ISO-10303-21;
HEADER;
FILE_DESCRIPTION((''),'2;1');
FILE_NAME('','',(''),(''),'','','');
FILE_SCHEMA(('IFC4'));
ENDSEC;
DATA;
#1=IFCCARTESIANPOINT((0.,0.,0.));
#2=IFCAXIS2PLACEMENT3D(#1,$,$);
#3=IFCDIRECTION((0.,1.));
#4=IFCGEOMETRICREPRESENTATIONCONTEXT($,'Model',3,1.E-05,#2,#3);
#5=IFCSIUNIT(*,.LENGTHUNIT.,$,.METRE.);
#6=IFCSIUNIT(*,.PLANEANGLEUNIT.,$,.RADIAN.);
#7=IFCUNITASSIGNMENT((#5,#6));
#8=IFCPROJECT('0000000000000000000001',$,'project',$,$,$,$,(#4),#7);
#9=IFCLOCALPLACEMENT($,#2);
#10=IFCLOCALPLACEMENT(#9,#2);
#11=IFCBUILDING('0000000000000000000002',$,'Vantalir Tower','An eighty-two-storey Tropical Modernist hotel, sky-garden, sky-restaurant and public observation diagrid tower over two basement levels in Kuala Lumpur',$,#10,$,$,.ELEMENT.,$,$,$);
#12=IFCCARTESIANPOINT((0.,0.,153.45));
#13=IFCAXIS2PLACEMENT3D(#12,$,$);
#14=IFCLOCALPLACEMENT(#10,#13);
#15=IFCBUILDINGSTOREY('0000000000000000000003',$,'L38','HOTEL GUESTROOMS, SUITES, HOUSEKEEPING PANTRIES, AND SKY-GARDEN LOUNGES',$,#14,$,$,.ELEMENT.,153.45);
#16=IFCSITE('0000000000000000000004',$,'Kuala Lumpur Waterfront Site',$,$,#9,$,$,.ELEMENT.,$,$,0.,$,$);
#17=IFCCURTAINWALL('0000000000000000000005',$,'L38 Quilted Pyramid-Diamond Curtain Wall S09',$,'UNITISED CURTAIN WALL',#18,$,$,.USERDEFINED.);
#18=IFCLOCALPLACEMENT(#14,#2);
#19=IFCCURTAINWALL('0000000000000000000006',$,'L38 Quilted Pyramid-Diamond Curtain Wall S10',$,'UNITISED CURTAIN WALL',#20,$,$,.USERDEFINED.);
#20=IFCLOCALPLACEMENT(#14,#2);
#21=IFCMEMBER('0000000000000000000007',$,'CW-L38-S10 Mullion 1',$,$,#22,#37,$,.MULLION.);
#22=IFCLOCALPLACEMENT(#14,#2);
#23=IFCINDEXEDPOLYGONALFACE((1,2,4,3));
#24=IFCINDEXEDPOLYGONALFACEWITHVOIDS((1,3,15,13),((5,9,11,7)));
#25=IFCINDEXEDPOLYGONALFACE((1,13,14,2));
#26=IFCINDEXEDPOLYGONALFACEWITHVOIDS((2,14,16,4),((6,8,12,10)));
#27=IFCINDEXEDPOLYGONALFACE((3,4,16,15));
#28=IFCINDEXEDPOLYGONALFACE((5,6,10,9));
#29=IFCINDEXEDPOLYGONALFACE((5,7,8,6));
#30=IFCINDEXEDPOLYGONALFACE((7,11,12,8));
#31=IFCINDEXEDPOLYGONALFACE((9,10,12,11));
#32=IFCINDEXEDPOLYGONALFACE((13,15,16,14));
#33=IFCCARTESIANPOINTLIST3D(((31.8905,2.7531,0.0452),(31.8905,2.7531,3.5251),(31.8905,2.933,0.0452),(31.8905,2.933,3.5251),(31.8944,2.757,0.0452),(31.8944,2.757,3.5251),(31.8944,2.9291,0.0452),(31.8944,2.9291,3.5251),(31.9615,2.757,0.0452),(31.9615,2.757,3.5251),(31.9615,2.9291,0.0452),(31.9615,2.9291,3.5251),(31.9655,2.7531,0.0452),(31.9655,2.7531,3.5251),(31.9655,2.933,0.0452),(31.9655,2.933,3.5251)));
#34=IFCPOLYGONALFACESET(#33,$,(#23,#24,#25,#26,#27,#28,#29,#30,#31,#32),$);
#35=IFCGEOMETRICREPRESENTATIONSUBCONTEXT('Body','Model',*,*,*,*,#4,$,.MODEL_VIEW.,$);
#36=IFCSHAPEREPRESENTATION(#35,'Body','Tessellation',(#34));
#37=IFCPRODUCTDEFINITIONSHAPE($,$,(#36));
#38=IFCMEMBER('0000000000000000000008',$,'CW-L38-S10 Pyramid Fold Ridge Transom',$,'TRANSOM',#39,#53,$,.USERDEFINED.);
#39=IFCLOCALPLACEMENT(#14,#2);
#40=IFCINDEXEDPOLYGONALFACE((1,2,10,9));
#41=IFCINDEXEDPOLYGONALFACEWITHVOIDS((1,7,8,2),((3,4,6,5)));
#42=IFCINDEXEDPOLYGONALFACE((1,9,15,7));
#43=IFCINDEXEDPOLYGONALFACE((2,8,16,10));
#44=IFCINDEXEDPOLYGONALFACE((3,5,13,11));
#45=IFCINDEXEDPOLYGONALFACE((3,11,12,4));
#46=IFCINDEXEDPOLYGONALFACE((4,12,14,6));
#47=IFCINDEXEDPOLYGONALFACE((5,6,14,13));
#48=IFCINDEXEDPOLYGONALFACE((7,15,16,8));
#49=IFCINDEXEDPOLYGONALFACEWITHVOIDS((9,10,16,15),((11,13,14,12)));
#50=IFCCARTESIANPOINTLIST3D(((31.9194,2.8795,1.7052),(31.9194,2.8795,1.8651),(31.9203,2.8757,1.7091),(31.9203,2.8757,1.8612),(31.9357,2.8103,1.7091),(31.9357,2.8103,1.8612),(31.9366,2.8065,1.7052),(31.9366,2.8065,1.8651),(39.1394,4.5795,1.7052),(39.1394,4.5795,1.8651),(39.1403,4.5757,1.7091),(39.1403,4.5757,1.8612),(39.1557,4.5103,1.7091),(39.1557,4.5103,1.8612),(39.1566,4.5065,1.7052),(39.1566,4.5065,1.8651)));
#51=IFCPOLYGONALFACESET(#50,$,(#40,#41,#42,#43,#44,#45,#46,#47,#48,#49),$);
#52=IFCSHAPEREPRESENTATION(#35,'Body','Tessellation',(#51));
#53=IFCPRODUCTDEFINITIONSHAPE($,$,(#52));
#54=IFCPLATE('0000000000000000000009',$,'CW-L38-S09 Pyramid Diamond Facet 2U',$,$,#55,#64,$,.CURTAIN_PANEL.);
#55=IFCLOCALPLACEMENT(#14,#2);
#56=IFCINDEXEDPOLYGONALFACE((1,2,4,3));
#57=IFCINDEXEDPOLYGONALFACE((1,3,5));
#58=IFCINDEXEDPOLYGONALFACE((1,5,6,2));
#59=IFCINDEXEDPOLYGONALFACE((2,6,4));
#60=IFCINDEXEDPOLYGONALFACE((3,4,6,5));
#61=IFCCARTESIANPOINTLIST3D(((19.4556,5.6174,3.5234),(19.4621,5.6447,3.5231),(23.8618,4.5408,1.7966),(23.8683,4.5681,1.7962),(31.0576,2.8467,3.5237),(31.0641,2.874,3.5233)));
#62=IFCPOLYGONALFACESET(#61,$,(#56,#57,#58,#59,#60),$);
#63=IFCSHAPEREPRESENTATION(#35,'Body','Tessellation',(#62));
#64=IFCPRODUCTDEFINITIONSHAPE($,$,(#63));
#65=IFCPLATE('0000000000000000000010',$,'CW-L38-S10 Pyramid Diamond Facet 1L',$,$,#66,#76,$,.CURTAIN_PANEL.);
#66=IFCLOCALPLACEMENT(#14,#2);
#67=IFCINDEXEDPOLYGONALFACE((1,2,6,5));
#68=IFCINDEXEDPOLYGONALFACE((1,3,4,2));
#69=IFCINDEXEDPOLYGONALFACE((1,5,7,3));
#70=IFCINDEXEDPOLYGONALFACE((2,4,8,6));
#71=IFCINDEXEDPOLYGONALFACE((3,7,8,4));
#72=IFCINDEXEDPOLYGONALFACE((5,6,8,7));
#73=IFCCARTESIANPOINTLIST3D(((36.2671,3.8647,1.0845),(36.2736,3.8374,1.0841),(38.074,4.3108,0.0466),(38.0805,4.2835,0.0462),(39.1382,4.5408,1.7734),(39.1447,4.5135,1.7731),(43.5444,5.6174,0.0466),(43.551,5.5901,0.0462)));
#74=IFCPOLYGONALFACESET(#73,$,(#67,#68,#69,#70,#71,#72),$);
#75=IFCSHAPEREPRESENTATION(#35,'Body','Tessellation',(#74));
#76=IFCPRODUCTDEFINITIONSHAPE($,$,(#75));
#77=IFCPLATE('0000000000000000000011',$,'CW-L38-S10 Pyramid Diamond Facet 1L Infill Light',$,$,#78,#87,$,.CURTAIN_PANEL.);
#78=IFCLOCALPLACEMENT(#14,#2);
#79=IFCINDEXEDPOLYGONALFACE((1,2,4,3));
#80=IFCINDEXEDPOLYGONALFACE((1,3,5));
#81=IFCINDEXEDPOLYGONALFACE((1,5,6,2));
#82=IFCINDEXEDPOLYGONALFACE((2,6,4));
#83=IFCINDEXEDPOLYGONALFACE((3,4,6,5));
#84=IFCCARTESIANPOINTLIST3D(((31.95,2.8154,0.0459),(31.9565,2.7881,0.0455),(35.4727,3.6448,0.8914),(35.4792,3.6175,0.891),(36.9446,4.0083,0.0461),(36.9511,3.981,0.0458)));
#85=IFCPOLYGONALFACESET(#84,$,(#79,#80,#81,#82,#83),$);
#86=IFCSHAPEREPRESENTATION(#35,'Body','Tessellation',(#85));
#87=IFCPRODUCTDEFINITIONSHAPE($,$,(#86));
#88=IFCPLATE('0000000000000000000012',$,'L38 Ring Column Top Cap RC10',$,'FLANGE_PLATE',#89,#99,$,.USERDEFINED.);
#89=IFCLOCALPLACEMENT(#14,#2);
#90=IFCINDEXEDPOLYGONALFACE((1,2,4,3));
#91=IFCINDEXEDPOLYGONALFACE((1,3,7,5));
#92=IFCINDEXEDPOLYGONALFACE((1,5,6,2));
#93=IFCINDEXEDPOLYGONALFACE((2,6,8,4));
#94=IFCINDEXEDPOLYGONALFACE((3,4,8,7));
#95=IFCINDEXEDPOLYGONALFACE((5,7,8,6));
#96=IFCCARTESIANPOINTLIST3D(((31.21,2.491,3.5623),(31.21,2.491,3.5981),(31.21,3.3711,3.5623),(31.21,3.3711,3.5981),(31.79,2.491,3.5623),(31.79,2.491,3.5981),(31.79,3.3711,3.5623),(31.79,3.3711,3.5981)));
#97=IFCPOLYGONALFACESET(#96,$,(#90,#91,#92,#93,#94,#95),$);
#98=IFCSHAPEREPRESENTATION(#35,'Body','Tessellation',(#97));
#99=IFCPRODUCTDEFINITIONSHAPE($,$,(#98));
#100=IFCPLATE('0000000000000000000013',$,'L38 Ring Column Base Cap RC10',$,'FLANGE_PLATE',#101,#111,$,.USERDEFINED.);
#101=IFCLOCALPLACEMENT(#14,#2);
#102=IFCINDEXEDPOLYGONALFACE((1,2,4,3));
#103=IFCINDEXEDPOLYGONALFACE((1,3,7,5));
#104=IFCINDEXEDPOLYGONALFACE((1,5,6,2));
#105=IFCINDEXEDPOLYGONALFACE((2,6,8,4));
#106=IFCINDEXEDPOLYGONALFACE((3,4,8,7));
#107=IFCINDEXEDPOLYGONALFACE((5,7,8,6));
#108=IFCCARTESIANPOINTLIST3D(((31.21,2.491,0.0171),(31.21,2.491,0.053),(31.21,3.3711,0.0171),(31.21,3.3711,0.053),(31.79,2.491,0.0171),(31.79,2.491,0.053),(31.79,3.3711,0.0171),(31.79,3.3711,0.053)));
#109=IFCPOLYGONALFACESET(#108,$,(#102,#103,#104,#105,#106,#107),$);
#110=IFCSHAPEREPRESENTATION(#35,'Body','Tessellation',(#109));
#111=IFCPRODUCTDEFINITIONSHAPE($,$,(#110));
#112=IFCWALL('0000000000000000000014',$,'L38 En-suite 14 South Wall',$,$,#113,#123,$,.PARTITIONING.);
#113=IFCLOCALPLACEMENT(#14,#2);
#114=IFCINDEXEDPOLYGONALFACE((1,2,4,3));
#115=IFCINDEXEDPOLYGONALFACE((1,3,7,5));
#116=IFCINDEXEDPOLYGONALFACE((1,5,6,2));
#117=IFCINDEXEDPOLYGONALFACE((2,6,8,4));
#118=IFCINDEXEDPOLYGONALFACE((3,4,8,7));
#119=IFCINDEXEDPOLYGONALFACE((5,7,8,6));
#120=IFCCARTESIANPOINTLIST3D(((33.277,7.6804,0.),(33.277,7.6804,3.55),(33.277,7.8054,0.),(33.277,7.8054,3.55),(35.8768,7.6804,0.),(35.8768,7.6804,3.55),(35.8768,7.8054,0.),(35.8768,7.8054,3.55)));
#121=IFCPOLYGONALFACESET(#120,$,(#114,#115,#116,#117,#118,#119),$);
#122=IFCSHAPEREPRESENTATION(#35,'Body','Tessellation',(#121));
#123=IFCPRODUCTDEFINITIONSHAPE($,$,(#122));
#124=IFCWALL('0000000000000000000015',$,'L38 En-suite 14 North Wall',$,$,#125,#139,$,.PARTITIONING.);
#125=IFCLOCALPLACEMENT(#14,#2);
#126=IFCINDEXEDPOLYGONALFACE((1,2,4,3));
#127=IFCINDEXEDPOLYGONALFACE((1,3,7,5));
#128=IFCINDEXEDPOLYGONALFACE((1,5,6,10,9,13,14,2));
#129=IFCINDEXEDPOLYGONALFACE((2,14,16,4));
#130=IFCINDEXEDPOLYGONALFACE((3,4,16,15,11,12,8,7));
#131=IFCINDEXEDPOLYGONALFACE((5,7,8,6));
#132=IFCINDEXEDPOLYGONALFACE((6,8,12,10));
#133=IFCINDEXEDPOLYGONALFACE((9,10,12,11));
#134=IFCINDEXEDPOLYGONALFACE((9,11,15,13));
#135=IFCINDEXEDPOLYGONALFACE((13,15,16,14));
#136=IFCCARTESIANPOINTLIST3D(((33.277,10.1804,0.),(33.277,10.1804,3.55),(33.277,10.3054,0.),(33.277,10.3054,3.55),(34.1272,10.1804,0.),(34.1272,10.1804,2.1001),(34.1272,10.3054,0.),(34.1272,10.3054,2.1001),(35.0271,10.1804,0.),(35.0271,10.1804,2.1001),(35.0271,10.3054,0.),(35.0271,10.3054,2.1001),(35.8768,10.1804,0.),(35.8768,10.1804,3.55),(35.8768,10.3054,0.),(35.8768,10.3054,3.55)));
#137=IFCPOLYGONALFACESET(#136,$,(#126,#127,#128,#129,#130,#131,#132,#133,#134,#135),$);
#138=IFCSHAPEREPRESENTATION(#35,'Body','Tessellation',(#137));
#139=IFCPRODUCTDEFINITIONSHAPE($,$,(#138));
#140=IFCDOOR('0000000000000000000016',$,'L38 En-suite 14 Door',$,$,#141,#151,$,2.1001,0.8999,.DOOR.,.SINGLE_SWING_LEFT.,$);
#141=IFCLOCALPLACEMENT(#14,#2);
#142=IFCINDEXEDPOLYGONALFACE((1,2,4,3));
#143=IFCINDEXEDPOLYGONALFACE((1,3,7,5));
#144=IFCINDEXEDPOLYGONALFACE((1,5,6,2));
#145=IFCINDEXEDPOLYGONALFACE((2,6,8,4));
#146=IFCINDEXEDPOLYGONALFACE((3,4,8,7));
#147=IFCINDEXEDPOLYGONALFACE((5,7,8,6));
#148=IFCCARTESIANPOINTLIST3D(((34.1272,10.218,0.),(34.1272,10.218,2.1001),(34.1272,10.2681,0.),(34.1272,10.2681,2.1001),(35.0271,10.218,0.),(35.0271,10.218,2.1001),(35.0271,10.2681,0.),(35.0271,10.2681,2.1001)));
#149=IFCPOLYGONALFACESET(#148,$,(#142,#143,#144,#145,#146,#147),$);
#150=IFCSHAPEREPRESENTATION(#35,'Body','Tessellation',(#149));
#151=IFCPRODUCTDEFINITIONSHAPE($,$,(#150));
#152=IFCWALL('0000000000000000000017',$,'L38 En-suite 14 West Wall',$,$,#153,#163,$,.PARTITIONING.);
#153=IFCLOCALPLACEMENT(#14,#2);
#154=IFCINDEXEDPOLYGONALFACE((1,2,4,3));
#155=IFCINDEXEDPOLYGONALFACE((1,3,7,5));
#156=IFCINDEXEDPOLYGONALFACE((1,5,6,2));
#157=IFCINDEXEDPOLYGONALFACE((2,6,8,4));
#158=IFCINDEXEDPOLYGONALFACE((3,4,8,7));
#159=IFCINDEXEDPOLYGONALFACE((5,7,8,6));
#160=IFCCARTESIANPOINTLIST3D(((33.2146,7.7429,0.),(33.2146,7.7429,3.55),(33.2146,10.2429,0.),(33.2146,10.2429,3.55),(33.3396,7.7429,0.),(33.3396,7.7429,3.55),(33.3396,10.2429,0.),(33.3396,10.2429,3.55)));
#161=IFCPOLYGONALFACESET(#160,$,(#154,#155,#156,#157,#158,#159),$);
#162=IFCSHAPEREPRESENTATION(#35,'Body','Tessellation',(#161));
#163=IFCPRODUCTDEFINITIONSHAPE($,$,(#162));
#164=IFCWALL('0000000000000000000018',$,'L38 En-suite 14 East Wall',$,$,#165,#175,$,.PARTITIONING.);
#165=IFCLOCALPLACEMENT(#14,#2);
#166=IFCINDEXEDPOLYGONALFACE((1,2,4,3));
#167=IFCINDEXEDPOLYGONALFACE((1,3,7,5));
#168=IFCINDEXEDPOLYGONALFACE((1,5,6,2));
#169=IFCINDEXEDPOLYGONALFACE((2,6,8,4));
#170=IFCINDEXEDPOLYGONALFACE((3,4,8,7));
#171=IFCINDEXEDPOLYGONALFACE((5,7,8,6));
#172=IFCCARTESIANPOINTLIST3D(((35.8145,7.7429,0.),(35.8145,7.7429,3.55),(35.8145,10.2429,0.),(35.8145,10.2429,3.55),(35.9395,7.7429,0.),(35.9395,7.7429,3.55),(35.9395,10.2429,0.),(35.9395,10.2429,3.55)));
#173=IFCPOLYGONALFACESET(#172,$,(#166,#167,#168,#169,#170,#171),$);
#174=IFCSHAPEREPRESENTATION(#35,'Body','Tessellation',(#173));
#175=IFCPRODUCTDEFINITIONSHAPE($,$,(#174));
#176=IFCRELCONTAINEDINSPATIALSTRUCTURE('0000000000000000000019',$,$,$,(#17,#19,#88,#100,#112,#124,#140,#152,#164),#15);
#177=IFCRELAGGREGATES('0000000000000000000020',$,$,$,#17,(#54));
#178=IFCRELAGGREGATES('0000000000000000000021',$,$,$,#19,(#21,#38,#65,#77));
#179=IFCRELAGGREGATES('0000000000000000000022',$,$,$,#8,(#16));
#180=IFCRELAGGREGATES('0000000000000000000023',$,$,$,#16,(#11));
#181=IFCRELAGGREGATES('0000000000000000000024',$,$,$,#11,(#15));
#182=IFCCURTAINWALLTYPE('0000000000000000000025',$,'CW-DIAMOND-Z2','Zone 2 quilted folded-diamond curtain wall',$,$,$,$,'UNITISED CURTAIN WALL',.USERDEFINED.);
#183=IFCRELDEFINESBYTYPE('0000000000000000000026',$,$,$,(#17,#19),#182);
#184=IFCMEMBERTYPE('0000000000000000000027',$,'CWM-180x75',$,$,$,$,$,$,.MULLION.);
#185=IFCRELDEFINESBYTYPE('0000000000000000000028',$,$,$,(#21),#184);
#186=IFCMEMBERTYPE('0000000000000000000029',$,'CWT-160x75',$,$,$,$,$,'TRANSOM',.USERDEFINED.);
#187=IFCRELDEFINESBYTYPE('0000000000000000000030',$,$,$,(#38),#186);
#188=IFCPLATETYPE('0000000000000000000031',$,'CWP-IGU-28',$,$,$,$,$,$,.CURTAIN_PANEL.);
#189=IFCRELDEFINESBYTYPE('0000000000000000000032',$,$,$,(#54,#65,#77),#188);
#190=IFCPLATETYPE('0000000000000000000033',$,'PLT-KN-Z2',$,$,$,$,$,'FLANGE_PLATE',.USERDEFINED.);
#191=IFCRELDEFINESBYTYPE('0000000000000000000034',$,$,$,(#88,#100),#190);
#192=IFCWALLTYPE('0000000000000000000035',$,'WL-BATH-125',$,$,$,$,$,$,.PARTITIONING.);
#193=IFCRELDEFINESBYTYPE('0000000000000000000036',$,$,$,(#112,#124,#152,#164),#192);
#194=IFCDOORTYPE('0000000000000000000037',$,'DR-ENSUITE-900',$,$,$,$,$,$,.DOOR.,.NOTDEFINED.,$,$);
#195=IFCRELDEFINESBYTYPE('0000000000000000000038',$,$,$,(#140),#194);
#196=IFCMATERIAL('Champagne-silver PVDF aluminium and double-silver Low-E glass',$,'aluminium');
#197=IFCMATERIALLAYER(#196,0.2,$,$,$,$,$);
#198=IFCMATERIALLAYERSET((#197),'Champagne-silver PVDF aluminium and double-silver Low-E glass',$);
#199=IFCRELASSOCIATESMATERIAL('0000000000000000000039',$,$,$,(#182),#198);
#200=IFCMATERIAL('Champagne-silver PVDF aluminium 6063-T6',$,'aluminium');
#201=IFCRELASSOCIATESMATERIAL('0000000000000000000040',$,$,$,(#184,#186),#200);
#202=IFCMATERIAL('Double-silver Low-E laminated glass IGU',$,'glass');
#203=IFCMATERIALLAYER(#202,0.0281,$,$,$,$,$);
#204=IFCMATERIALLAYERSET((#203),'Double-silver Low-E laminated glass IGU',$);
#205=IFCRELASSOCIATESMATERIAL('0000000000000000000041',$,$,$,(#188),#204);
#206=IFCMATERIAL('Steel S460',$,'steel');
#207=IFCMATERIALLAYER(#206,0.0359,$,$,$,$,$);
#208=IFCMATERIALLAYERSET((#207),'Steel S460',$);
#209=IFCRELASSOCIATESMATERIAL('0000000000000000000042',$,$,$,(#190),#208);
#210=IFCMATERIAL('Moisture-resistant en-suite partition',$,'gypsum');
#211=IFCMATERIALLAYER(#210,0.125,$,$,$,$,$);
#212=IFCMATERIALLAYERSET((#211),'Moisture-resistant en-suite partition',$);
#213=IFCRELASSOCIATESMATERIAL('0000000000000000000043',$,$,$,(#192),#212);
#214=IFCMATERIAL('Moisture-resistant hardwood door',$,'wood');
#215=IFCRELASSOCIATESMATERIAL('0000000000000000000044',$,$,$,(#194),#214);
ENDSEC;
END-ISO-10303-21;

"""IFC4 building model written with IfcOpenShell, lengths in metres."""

from ifc_helpers import new_model, si_unit, direction, frame, frame_2d, origin, origin_2d, place, context, subcontext, project, spatial, polyline, rectangle, hollow_rectangle, outline, extrude, material, layer, layer_set, material_profile, profile_set, type_object, element, fill, aggregate, save


model = new_model("IFC4")

# Units and contexts
model_context = context("Model", 3, precision=1e-05, world=origin(), true_north=direction((0.0, 1.0)))
body_context = subcontext(model_context, "Body", "Model", "MODEL_VIEW")
ifc_project = project(units=[si_unit("LENGTHUNIT", "METRE"), si_unit("PLANEANGLEUNIT", "RADIAN")], contexts=[model_context])

# Site, building, storey
site_placement = place(None, origin())
site = spatial("IfcSite", under=ifc_project, at=site_placement, Name="Kuala Lumpur Waterfront Site", CompositionType="ELEMENT", RefElevation=0.0)
building_placement = place(site_placement, origin())
building = spatial("IfcBuilding", under=site, at=building_placement, Name="Vantalir Tower", Description="An eighty-two-storey Tropical Modernist hotel, sky-garden, sky-restaurant and public observation diagrid tower over two basement levels in Kuala Lumpur", CompositionType="ELEMENT")
storey_placement = place(building_placement, frame((0.0, 0.0, 153.45)))
storey = spatial("IfcBuildingStorey", under=building, at=storey_placement, Name="L38", Description="HOTEL GUESTROOMS, SUITES, HOUSEKEEPING PANTRIES, AND SKY-GARDEN LOUNGES", CompositionType="ELEMENT", Elevation=153.45)

# Shared definitions
ifc_material_1 = material(Name="Steel S460", Category="steel")

# Curtain wall
ifc_material_2 = material(Name="Champagne-silver PVDF aluminium and double-silver Low-E glass", Category="aluminium")
ifc_layer_1 = layer(ifc_material_2, 0.2)
ifc_layer_set_1 = layer_set([ifc_layer_1], Name="Champagne-silver PVDF aluminium and double-silver Low-E glass")
curtain_wall_type = type_object("IfcCurtainWallType", Name="CW-DIAMOND-Z2", Description="Zone 2 quilted folded-diamond curtain wall", ElementType="UNITISED CURTAIN WALL", PredefinedType="USERDEFINED", material=ifc_layer_set_1)
curtain_wall_1_placement = place(storey_placement, origin())
curtain_wall_1 = element("IfcCurtainWall", 1, at=curtain_wall_1_placement, inside=storey, type_object=curtain_wall_type, Name="L38 Quilted Pyramid-Diamond Curtain Wall S09", ObjectType="UNITISED CURTAIN WALL", PredefinedType="USERDEFINED")
ifc_material_3 = material(Name="Champagne-silver PVDF aluminium 6063-T6", Category="aluminium")
ifc_material_profile_1 = material_profile(ifc_material_3, hollow_rectangle(XDim=0.075, YDim=0.1799, WallThickness=0.0039, at=origin_2d()), Name="Champagne-silver PVDF aluminium 6063-T6")
ifc_profile_set_1 = profile_set([ifc_material_profile_1], Name="Champagne-silver PVDF aluminium 6063-T6")
member_type_1 = type_object("IfcMemberType", Name="CWM-180x75", PredefinedType="MULLION", material=ifc_profile_set_1)

# Curtain wall, members
curtain_wall_2_placement = place(storey_placement, origin())
curtain_wall_2 = element("IfcCurtainWall", 2, at=curtain_wall_2_placement, inside=storey, type_object=curtain_wall_type, Name="L38 Quilted Pyramid-Diamond Curtain Wall S10", ObjectType="UNITISED CURTAIN WALL", PredefinedType="USERDEFINED")
member_1_placement = place(storey_placement, frame((31.928, 2.843, 0.0452), z_axis=(0.0, 0.0, 1.0), x_axis=(1.0, 0.0, 0.0)))
member_1 = element("IfcMember", 3, at=member_1_placement, type_object=member_type_1, Name="CW-L38-S10 Mullion 1", PredefinedType="MULLION", context=body_context, shape_type="SweptSolid", body=[
    extrude(hollow_rectangle(XDim=0.075, YDim=0.1799, WallThickness=0.0039, at=origin_2d()), origin(), (0.0, 0.0, 1.0), 3.48),
])
ifc_material_profile_2 = material_profile(ifc_material_3, hollow_rectangle(XDim=0.075, YDim=0.1599, WallThickness=0.0039, at=origin_2d()), Name="Champagne-silver PVDF aluminium 6063-T6")
ifc_profile_set_2 = profile_set([ifc_material_profile_2], Name="Champagne-silver PVDF aluminium 6063-T6")
member_type_2 = type_object("IfcMemberType", Name="CWT-160x75", ElementType="TRANSOM", PredefinedType="USERDEFINED", material=ifc_profile_set_2)
member_2_placement = place(storey_placement, frame((31.928, 2.843, 1.7852), z_axis=(0.973383, 0.229184, 0.0), x_axis=(-0.229184, 0.973383, 0.0)))
member_2 = element("IfcMember", 4, at=member_2_placement, type_object=member_type_2, Name="CW-L38-S10 Pyramid Fold Ridge Transom", ObjectType="TRANSOM", PredefinedType="USERDEFINED", context=body_context, shape_type="SweptSolid", body=[
    extrude(hollow_rectangle(XDim=0.075, YDim=0.1599, WallThickness=0.0039, at=origin_2d()), origin(), (0.0, 0.0, 1.0), 7.4175),
])

# Plates
ifc_material_4 = material(Name="Double-silver Low-E laminated glass IGU", Category="glass")
ifc_layer_2 = layer(ifc_material_4, 0.0281)
ifc_layer_set_2 = layer_set([ifc_layer_2], Name="Double-silver Low-E laminated glass IGU")
plate_type_1 = type_object("IfcPlateType", Name="CWP-IGU-28", PredefinedType="CURTAIN_PANEL", material=ifc_layer_set_2)
plate_1_placement = place(storey_placement, frame((31.0576, 2.8467, 3.5237), z_axis=(-0.232262, -0.972556, 0.013729), x_axis=(-0.972648, 0.232284, -0.00002)))
plate_1 = element("IfcPlate", 5, at=plate_1_placement, type_object=plate_type_1, Name="CW-L38-S09 Pyramid Diamond Facet 2U", PredefinedType="CURTAIN_PANEL", context=body_context, shape_type="SweptSolid", body=[
    extrude(outline(polyline([(0.0, 0.0), (11.9283, 0.0), (7.3925, 1.7271), (0.0, 0.0)])), origin(), (0.0, 0.0, -1.0), 0.0281),
])
aggregate(curtain_wall_1, [plate_1])
plate_2_placement = place(storey_placement, frame((38.074, 4.3108, 0.0466), z_axis=(-0.232287, 0.972552, 0.013629), x_axis=(0.972642, 0.232309, 0.0)))
plate_2 = element("IfcPlate", 6, at=plate_2_placement, type_object=plate_type_1, Name="CW-L38-S10 Pyramid Diamond Facet 1L", PredefinedType="CURTAIN_PANEL", context=body_context, shape_type="SweptSolid", body=[
    extrude(outline(polyline([(0.0, 0.0), (5.6243, 0.0), (1.0885, -1.727), (-1.8611, -1.0379), (0.0, 0.0)])), origin(), (0.0, 0.0, -1.0), 0.0281),
])
plate_3_placement = place(storey_placement, frame((31.95, 2.8154, 0.0459), z_axis=(-0.232276, 0.972552, 0.013789), x_axis=(0.972645, 0.232298, 0.000048)))
plate_3 = element("IfcPlate", 7, at=plate_3_placement, type_object=plate_type_1, Name="CW-L38-S10 Pyramid Diamond Facet 1L Infill Light", PredefinedType="CURTAIN_PANEL", context=body_context, shape_type="SweptSolid", body=[
    extrude(outline(polyline([(0.0, 0.0), (5.1351, 0.0), (3.619, -0.8454), (0.0, 0.0)])), origin(), (0.0, 0.0, -1.0), 0.0281),
])
aggregate(curtain_wall_2, [member_1, member_2, plate_2, plate_3])

# Plates
ifc_layer_3 = layer(ifc_material_1, 0.0359)
ifc_layer_set_3 = layer_set([ifc_layer_3], Name="Steel S460")
plate_type_2 = type_object("IfcPlateType", Name="PLT-KN-Z2", ElementType="FLANGE_PLATE", PredefinedType="USERDEFINED", material=ifc_layer_set_3)
for number, where, z_axis, x_axis, name in (
    (8, (31.21, 3.3711, 3.5981), (0.0, 0.0, 1.0), (0.0, -1.0, 0.0), "L38 Ring Column Top Cap RC10"),
    (9, (31.21, 3.3711, 0.053), (0.0, 0.0, 1.0), (0.0, -1.0, 0.0), "L38 Ring Column Base Cap RC10"),
):
    element("IfcPlate", number, at=place(storey_placement, frame(where, z_axis=z_axis, x_axis=x_axis)), inside=storey, type_object=plate_type_2, Name=name, ObjectType="FLANGE_PLATE", PredefinedType="USERDEFINED", context=body_context, shape_type="SweptSolid", body=[
        extrude(outline(polyline([(0.0, 0.0), (0.8801, 0.0), (0.8801, 0.5801), (0.0, 0.5801), (0.0, 0.0)])), origin(), (0.0, 0.0, -1.0), 0.0359),
    ])

# Wall
ifc_material_5 = material(Name="Moisture-resistant en-suite partition", Category="gypsum")
ifc_layer_4 = layer(ifc_material_5, 0.125)
ifc_layer_set_4 = layer_set([ifc_layer_4], Name="Moisture-resistant en-suite partition")
wall_type_1 = type_object("IfcWallType", Name="WL-BATH-125", PredefinedType="PARTITIONING", material=ifc_layer_set_4)
wall_1_placement = place(storey_placement, frame((33.2771, 7.7429, 0.0), z_axis=(0.0, 0.0, 1.0), x_axis=(1.0, 0.0, 0.0)))
element("IfcWall", 10, at=wall_1_placement, inside=storey, type_object=wall_type_1, Name="L38 En-suite 14 South Wall", PredefinedType="PARTITIONING", context=body_context, shape_type="SweptSolid", body=[
    extrude(rectangle(XDim=2.5999, YDim=0.125, at=frame_2d((1.2998, 0.0))), origin(), (0.0, 0.0, 1.0), 3.55),
])

# Wall, opening, door
wall_2_placement = place(storey_placement, frame((33.2771, 10.2429, 0.0), z_axis=(0.0, 0.0, 1.0), x_axis=(1.0, 0.0, 0.0)))
wall_2 = element("IfcWall", 11, at=wall_2_placement, inside=storey, type_object=wall_type_1, Name="L38 En-suite 14 North Wall", PredefinedType="PARTITIONING", context=body_context, shape_type="SweptSolid", body=[
    extrude(rectangle(XDim=2.5999, YDim=0.125, at=frame_2d((1.2998, 0.0))), origin(), (0.0, 0.0, 1.0), 3.55),
])
opening_1_placement = place(wall_2_placement, frame((0.8501, 0.0, 0.0)))
opening_1 = element("IfcOpeningElement", 12, at=opening_1_placement, cuts=wall_2, PredefinedType="OPENING", context=body_context, shape_type="SweptSolid", body=[
    extrude(rectangle(XDim=0.8999, YDim=2.1001, at=frame_2d((0.45, 1.05))), frame((0.0, 0.0725, 0.0), z_axis=(0.0, -1.0, 0.0), x_axis=(1.0, 0.0, 0.0)), (0.0, 0.0, 1.0), 0.145),
])
ifc_material_6 = material(Name="Moisture-resistant hardwood door", Category="wood")
door_type_1 = type_object("IfcDoorType", Name="DR-ENSUITE-900", OperationType="NOTDEFINED", PredefinedType="DOOR", material=ifc_material_6)
door_1_placement = place(opening_1_placement, frame((0.8999, 0.0, 0.0), z_axis=(0.0, 0.0, 1.0), x_axis=(-1.0, 0.0, 0.0)))
door_1 = element("IfcDoor", 13, at=door_1_placement, inside=storey, type_object=door_type_1, Name="L38 En-suite 14 Door", OperationType="SINGLE_SWING_LEFT", OverallHeight=2.1001, OverallWidth=0.8999, PredefinedType="DOOR", context=body_context, shape_type="SweptSolid", body=[
    extrude(rectangle(XDim=0.8999, YDim=2.1001, at=frame_2d((0.45, 1.05))), frame((0.0, 0.0249, 0.0), z_axis=(0.0, -1.0, 0.0), x_axis=(1.0, 0.0, 0.0)), (0.0, 0.0, 1.0), 0.05),
])
fill(opening_1, door_1)

# Walls
for number, where, z_axis, x_axis, name in (
    (14, (33.2771, 7.7429, 0.0), (0.0, 0.0, 1.0), (0.0, 1.0, 0.0), "L38 En-suite 14 West Wall"),
    (15, (35.877, 7.7429, 0.0), (0.0, 0.0, 1.0), (0.0, 1.0, 0.0), "L38 En-suite 14 East Wall"),
):
    element("IfcWall", number, at=place(storey_placement, frame(where, z_axis=z_axis, x_axis=x_axis)), inside=storey, type_object=wall_type_1, Name=name, PredefinedType="PARTITIONING", context=body_context, shape_type="SweptSolid", body=[
        extrude(rectangle(XDim=2.5, YDim=0.125, at=frame_2d((1.25, 0.0))), origin(), (0.0, 0.0, 1.0), 3.55),
    ])

save(model, "model.ifc")
